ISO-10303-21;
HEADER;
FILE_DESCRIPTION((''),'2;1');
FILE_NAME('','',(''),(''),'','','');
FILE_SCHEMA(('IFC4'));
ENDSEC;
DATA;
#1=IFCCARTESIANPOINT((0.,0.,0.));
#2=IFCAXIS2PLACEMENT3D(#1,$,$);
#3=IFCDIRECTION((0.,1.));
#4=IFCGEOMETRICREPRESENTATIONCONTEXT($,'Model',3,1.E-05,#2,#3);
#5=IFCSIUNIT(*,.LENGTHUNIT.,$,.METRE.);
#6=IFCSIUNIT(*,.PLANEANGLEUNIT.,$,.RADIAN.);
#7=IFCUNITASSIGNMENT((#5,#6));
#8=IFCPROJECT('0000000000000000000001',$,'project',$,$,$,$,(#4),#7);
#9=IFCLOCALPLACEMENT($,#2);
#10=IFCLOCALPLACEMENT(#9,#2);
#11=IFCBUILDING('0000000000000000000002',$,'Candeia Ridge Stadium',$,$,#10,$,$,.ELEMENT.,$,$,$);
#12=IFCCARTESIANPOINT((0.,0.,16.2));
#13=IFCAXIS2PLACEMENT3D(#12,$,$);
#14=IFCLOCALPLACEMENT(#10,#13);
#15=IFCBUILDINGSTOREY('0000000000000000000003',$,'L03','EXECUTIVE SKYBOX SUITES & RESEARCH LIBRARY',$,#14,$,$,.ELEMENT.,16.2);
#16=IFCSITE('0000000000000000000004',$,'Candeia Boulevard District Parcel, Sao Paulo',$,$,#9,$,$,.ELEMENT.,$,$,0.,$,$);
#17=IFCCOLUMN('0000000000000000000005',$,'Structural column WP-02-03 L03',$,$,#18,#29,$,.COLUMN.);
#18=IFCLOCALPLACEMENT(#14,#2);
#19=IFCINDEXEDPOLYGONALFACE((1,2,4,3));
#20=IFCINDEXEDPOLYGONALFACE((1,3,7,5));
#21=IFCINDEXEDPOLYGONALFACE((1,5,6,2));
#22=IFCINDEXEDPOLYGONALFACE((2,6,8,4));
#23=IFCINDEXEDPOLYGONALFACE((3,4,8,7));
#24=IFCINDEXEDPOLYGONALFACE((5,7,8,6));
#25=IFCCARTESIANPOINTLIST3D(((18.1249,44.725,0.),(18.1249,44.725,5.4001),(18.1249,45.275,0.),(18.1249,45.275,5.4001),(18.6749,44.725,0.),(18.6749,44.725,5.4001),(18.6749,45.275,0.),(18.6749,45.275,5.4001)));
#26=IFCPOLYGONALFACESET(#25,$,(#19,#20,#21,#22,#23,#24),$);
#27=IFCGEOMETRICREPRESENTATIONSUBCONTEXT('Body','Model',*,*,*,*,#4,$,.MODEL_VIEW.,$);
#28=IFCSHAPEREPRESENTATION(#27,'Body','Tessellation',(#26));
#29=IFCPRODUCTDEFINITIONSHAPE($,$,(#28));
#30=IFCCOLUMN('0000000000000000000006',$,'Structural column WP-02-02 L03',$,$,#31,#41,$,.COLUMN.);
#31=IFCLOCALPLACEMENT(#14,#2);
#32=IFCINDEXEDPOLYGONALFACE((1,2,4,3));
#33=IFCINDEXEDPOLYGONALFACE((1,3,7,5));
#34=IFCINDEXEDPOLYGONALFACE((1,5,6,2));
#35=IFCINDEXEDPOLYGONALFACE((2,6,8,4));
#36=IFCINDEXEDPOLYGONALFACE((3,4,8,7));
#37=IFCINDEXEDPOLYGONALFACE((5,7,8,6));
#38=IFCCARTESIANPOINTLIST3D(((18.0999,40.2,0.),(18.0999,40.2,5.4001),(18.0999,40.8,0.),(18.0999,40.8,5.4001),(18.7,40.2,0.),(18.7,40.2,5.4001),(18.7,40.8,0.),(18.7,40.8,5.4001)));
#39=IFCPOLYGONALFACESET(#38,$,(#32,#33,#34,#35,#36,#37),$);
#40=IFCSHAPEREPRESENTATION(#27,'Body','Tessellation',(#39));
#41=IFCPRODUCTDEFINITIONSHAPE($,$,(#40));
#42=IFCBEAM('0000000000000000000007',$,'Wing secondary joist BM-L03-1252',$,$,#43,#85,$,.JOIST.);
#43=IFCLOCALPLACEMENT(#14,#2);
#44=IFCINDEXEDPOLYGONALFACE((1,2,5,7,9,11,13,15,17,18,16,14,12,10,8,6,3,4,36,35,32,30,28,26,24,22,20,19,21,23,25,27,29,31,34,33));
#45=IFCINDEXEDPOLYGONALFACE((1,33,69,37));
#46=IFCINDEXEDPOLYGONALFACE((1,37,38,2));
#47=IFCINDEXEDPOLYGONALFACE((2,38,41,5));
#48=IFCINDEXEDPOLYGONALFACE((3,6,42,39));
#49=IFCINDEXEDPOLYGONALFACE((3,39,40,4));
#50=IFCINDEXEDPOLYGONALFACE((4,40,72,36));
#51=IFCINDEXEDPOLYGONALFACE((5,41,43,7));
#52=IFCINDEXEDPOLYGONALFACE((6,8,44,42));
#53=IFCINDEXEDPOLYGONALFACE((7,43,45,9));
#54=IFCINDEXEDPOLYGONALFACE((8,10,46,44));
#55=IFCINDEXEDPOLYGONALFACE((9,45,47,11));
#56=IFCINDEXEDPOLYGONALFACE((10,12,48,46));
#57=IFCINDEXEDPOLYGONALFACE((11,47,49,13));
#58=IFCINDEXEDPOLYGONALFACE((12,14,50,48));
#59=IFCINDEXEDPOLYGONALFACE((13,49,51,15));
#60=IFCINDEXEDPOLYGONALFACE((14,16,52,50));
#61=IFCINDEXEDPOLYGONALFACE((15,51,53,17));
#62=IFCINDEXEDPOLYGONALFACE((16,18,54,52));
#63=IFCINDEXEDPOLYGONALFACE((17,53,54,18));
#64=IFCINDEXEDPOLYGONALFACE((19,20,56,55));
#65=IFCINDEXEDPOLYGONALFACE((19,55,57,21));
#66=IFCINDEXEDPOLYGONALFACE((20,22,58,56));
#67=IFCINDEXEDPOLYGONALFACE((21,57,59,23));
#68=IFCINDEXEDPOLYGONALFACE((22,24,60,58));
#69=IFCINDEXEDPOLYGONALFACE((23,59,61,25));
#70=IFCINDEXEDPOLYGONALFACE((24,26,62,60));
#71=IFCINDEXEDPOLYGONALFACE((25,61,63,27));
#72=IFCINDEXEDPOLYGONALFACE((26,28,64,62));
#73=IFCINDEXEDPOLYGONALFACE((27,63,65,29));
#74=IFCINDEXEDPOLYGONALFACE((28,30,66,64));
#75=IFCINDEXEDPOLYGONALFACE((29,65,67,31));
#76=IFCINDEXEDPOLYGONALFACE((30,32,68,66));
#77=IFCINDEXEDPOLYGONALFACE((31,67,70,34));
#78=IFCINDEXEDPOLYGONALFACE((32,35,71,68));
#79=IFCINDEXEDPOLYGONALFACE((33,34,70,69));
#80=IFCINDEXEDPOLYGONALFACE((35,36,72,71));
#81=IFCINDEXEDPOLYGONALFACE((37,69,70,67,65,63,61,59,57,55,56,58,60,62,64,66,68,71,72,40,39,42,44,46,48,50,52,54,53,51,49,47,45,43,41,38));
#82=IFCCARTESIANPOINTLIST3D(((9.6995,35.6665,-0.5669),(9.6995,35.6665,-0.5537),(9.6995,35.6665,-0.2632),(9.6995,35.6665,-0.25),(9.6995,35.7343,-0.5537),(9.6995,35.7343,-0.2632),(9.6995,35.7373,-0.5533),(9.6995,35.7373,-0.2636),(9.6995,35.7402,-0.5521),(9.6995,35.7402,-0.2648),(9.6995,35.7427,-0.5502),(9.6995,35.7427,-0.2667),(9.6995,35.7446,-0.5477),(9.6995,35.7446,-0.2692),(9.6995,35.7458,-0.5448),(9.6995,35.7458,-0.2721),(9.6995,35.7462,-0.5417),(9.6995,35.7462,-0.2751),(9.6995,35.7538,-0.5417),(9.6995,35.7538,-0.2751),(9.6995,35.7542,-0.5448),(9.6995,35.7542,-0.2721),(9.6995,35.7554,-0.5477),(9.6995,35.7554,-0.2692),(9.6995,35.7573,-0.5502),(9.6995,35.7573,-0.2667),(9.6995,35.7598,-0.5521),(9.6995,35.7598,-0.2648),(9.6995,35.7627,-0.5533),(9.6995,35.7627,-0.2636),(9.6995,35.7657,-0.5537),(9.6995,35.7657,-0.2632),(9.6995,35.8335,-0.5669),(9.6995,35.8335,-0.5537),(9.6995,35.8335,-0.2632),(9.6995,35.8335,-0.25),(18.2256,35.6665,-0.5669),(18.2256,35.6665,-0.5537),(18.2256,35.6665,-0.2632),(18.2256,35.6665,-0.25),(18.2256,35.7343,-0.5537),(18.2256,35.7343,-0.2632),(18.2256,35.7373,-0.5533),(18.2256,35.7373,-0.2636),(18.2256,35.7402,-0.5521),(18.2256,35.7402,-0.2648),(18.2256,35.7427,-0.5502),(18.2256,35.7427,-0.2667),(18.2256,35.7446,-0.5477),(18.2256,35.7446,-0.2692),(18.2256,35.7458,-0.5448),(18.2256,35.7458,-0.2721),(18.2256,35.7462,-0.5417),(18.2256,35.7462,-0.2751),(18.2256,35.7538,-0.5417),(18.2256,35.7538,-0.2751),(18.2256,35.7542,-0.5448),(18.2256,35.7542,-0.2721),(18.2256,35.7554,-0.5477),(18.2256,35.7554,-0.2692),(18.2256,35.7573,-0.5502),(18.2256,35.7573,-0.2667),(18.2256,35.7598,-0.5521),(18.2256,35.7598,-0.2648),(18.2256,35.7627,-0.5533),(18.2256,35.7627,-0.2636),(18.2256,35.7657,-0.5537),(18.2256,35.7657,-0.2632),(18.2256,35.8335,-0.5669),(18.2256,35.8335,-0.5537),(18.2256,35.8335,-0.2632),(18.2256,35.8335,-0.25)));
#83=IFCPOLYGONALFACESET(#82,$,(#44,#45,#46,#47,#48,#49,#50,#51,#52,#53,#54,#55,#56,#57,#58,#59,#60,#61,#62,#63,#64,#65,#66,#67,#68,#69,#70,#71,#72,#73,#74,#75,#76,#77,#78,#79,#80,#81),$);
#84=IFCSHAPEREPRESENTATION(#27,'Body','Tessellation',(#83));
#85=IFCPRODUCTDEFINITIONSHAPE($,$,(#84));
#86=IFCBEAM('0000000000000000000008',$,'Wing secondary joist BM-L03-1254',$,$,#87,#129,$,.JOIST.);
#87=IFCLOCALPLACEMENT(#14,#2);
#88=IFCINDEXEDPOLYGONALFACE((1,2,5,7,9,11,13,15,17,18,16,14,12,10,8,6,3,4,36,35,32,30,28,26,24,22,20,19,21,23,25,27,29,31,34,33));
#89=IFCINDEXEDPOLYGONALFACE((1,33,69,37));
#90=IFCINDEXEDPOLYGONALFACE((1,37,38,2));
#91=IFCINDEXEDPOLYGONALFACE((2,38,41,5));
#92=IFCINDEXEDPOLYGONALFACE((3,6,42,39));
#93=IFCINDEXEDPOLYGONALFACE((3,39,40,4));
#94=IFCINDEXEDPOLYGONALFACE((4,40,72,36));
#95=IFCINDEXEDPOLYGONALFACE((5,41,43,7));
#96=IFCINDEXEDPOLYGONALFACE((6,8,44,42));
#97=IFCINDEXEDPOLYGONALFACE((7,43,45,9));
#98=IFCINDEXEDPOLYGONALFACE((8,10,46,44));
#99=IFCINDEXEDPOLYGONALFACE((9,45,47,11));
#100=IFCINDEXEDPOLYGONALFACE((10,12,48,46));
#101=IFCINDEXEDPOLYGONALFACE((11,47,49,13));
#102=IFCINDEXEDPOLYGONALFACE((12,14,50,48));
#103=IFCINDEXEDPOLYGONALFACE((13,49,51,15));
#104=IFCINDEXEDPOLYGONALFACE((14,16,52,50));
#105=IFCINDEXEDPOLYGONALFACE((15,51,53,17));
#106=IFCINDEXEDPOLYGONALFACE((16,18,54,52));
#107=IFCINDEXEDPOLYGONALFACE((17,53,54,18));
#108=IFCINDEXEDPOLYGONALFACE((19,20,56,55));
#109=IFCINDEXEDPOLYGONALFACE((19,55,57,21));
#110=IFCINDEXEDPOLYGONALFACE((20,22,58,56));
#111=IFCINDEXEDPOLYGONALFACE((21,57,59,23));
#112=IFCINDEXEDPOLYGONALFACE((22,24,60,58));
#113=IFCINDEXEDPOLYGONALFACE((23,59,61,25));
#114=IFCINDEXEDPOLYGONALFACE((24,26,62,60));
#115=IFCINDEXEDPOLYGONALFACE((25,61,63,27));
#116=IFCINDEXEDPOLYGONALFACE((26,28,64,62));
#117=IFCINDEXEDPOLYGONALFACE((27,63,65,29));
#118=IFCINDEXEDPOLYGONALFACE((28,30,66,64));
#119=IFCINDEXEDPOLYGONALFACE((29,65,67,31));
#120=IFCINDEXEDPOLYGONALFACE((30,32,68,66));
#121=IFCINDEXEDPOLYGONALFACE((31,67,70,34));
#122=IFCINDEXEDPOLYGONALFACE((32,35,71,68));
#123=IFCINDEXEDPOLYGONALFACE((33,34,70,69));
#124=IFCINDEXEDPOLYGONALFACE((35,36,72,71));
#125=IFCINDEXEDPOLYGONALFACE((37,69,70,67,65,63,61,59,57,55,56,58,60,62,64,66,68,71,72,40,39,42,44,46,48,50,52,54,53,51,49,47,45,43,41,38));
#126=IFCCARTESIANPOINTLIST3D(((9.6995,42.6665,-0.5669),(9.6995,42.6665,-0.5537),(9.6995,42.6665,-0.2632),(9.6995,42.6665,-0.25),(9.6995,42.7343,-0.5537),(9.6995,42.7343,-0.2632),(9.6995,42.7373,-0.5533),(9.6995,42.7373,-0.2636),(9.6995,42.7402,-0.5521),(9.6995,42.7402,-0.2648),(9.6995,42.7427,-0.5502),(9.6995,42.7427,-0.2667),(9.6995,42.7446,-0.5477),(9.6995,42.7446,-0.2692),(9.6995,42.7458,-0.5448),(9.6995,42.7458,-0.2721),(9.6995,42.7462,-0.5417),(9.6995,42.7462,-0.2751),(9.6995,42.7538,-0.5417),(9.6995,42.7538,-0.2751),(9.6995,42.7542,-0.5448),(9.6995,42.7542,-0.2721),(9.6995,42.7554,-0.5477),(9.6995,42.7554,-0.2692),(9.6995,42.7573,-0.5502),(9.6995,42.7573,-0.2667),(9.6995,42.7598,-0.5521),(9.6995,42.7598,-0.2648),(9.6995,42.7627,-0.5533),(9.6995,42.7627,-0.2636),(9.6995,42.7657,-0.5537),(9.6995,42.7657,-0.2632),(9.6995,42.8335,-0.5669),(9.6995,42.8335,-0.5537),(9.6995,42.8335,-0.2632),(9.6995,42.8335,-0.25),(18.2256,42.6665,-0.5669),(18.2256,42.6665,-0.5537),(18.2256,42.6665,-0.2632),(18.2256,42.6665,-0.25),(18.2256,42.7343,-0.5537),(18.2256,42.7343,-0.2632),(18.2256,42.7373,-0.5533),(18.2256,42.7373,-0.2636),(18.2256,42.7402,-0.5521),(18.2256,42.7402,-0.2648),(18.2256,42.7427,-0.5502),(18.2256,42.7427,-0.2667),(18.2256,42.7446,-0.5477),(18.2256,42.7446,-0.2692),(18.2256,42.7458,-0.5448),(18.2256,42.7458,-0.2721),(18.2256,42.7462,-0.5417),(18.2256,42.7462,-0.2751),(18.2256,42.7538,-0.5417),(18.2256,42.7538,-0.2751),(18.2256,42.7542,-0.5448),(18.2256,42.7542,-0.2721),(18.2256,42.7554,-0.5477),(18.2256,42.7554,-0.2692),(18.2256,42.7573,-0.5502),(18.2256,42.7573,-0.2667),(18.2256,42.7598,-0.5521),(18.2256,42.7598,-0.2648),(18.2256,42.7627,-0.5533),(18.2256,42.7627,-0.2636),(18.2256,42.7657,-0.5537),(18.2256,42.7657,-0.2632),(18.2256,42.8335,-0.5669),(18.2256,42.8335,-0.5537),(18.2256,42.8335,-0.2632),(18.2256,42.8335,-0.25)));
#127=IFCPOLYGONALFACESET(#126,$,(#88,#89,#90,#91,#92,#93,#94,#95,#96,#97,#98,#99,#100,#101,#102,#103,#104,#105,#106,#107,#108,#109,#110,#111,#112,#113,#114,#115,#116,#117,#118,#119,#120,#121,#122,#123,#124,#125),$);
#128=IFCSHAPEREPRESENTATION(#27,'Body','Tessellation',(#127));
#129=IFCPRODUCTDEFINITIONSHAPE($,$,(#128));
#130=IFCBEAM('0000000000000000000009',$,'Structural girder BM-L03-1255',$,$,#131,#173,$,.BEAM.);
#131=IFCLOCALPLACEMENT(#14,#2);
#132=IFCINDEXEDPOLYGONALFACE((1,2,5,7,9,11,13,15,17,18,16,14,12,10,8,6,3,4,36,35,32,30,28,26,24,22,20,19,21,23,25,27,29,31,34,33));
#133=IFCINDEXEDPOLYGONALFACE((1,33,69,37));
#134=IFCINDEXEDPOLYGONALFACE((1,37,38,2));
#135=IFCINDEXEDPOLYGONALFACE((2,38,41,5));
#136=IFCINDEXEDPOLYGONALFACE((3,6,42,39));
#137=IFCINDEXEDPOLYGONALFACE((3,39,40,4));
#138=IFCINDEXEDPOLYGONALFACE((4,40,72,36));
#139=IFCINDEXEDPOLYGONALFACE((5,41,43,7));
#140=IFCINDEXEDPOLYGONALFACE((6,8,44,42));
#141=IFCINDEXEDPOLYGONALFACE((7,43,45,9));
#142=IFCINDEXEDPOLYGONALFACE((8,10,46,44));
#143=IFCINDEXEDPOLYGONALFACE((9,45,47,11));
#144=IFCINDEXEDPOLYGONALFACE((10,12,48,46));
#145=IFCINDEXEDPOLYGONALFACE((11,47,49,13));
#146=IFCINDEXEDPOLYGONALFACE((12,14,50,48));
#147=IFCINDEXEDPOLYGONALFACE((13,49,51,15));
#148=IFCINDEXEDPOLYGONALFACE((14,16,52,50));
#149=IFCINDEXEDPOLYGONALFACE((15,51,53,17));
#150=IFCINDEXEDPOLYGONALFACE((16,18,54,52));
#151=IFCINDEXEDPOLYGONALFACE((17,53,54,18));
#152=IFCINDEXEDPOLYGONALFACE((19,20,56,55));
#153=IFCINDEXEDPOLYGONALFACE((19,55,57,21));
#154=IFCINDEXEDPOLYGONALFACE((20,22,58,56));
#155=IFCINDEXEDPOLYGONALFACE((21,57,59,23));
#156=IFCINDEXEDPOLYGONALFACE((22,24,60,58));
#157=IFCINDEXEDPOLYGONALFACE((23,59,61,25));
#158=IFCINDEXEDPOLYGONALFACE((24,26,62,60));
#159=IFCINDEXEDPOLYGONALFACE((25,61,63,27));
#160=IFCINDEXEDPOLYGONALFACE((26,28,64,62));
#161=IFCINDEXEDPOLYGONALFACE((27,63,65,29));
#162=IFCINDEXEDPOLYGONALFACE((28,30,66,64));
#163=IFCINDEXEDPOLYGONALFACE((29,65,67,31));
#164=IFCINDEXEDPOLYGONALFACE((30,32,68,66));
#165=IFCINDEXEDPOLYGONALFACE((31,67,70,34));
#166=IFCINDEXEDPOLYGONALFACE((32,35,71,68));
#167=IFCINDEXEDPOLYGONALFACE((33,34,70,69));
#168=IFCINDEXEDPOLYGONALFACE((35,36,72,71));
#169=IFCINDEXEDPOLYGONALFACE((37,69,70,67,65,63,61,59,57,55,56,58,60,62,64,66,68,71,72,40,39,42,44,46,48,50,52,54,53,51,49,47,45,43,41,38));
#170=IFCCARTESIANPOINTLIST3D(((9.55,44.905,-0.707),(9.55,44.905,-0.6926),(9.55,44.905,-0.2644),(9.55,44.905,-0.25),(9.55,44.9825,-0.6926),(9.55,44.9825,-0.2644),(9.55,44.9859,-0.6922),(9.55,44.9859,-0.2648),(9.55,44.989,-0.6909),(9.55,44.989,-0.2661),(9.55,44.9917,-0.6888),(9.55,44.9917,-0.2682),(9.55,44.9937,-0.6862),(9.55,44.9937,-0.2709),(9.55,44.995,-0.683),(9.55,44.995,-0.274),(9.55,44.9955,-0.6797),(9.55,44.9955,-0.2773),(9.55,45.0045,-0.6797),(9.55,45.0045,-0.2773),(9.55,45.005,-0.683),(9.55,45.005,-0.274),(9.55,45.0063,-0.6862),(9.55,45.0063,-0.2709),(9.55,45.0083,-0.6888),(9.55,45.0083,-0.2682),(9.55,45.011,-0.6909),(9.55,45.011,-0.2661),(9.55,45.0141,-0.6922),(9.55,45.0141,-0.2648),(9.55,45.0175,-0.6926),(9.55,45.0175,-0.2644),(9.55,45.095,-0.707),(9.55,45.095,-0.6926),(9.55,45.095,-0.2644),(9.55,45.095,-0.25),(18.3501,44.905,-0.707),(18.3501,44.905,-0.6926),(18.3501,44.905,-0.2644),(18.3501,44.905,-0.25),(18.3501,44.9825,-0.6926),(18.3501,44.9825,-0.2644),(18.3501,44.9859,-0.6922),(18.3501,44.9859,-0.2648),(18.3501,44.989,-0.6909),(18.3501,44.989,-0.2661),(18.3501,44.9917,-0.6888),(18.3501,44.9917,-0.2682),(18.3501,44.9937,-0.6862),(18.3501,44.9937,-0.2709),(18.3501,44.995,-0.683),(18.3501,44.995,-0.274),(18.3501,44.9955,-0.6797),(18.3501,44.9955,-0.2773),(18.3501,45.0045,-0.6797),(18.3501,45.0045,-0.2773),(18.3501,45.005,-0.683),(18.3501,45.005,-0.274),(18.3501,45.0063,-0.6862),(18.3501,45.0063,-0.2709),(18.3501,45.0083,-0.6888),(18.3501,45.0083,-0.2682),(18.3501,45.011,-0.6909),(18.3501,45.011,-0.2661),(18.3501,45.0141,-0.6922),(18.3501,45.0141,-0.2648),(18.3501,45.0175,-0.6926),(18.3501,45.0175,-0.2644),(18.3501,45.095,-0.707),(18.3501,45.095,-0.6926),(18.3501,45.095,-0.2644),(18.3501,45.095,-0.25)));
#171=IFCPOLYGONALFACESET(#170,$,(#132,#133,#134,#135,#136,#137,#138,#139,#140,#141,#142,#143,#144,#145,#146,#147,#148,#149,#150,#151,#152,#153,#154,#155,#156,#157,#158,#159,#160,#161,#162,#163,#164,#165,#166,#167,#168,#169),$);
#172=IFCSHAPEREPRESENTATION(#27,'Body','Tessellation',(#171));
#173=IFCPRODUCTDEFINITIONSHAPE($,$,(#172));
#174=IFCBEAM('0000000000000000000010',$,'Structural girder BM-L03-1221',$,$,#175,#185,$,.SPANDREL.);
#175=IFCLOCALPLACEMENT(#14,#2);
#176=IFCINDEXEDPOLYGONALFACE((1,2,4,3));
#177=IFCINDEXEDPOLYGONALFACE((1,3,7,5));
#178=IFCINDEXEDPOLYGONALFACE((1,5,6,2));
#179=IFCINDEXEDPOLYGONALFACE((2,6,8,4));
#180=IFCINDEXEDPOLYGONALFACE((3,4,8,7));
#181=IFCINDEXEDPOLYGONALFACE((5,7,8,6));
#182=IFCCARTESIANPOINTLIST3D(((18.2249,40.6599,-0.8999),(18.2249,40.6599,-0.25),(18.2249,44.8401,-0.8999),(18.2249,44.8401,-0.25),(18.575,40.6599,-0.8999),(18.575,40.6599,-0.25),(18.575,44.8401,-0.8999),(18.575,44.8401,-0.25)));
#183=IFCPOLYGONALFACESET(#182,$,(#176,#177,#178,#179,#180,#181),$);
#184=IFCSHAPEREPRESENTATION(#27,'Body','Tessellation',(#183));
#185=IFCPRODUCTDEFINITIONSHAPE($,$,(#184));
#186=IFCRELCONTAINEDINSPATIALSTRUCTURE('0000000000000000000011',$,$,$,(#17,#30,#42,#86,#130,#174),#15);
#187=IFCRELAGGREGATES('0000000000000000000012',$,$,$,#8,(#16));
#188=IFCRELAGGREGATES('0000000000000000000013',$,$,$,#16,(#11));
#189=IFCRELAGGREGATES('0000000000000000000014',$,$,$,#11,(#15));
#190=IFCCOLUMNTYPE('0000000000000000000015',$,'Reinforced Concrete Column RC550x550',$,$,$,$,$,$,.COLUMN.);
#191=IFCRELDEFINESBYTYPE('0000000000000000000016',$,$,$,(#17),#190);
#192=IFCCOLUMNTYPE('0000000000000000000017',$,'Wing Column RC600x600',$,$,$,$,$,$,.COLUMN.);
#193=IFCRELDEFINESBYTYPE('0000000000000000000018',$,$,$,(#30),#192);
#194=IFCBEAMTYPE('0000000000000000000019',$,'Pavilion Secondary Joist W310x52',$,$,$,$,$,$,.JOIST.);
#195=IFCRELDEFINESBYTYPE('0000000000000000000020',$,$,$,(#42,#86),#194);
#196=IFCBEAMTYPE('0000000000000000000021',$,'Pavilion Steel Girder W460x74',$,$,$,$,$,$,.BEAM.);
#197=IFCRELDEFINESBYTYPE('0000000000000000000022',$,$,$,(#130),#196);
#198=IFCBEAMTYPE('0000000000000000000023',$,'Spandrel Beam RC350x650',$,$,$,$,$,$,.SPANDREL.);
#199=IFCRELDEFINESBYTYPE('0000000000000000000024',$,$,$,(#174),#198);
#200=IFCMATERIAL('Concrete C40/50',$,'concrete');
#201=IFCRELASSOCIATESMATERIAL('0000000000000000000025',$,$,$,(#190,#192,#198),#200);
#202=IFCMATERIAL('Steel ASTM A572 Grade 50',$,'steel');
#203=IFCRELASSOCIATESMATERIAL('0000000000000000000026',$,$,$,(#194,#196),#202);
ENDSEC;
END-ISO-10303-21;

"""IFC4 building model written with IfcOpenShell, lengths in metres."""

from ifc_helpers import new_model, si_unit, direction, frame, origin, origin_2d, place, context, subcontext, project, spatial, rectangle, i_section, extrude, material, material_profile, profile_set, type_object, element, save


model = new_model("IFC4")

# Units and contexts
model_context = context("Model", 3, precision=1e-05, world=origin(), true_north=direction((0.0, 1.0)))
body_context = subcontext(model_context, "Body", "Model", "MODEL_VIEW")
ifc_project = project(units=[si_unit("LENGTHUNIT", "METRE"), si_unit("PLANEANGLEUNIT", "RADIAN")], contexts=[model_context])

# Site, building, storey
site_placement = place(None, origin())
site = spatial("IfcSite", under=ifc_project, at=site_placement, Name="Candeia Boulevard District Parcel, Sao Paulo", CompositionType="ELEMENT", RefElevation=0.0)
building_placement = place(site_placement, origin())
building = spatial("IfcBuilding", under=site, at=building_placement, Name="Candeia Ridge Stadium", CompositionType="ELEMENT")
storey_placement = place(building_placement, frame((0.0, 0.0, 16.2)))
storey = spatial("IfcBuildingStorey", under=building, at=storey_placement, Name="L03", Description="EXECUTIVE SKYBOX SUITES & RESEARCH LIBRARY", CompositionType="ELEMENT", Elevation=16.2)

# Columns
ifc_material_1 = material(Name="Concrete C40/50", Category="concrete")
ifc_material_profile_1 = material_profile(ifc_material_1, rectangle(XDim=0.55, YDim=0.55, at=origin_2d()), Name="RC550x550", Category="concrete")
ifc_profile_set_1 = profile_set([ifc_material_profile_1], Name="Concrete C40/50")
column_type_1 = type_object("IfcColumnType", Name="Reinforced Concrete Column RC550x550", PredefinedType="COLUMN", material=ifc_profile_set_1)
column_1_placement = place(storey_placement, frame((18.3999, 45.0, 0.0), z_axis=(0.0, 0.0, 1.0), x_axis=(1.0, 0.0, 0.0)))
element("IfcColumn", 1, at=column_1_placement, inside=storey, type_object=column_type_1, Name="Structural column WP-02-03 L03", PredefinedType="COLUMN", context=body_context, shape_type="SweptSolid", body=[
    extrude(rectangle(XDim=0.55, YDim=0.55, at=origin_2d()), origin(), (0.0, 0.0, 1.0), 5.4001),
])
ifc_material_profile_2 = material_profile(ifc_material_1, rectangle(XDim=0.6001, YDim=0.6001, at=origin_2d()), Name="RC600x600", Category="concrete")
ifc_profile_set_2 = profile_set([ifc_material_profile_2], Name="Concrete C40/50")
column_type_2 = type_object("IfcColumnType", Name="Wing Column RC600x600", PredefinedType="COLUMN", material=ifc_profile_set_2)
column_2_placement = place(storey_placement, frame((18.3999, 40.5, 0.0), z_axis=(0.0, 0.0, 1.0), x_axis=(1.0, 0.0, 0.0)))
element("IfcColumn", 2, at=column_2_placement, inside=storey, type_object=column_type_2, Name="Structural column WP-02-02 L03", PredefinedType="COLUMN", context=body_context, shape_type="SweptSolid", body=[
    extrude(rectangle(XDim=0.6001, YDim=0.6001, at=origin_2d()), origin(), (0.0, 0.0, 1.0), 5.4001),
])

# Beams
ifc_material_2 = material(Name="Steel ASTM A572 Grade 50", Category="steel")
ifc_material_profile_3 = material_profile(ifc_material_2, i_section(OverallWidth=0.167, OverallDepth=0.3169, WebThickness=0.0076, FlangeThickness=0.0132, FilletRadius=0.012, at=origin_2d()), Name="W310x52", Category="steel")
ifc_profile_set_3 = profile_set([ifc_material_profile_3], Name="Steel ASTM A572 Grade 50")
beam_type_1 = type_object("IfcBeamType", Name="Pavilion Secondary Joist W310x52", PredefinedType="JOIST", material=ifc_profile_set_3)
for number, where, z_axis, x_axis, name in (
    (3, (9.6995, 35.75, -0.4084), (1.0, 0.0, 0.0), (0.0, 1.0, 0.0), "Wing secondary joist BM-L03-1252"),
    (4, (9.6995, 42.75, -0.4084), (1.0, 0.0, 0.0), (0.0, 1.0, 0.0), "Wing secondary joist BM-L03-1254"),
):
    element("IfcBeam", number, at=place(storey_placement, frame(where, z_axis=z_axis, x_axis=x_axis)), inside=storey, type_object=beam_type_1, Name=name, PredefinedType="JOIST", context=body_context, shape_type="SweptSolid", body=[
        extrude(i_section(OverallWidth=0.167, OverallDepth=0.3169, WebThickness=0.0076, FlangeThickness=0.0132, FilletRadius=0.012, at=origin_2d()), origin(), (0.0, 0.0, 1.0), 8.5261),
    ])
ifc_material_profile_4 = material_profile(ifc_material_2, i_section(OverallWidth=0.1899, OverallDepth=0.457, WebThickness=0.009, FlangeThickness=0.0144, FilletRadius=0.0129, at=origin_2d()), Name="W460x74", Category="steel")
ifc_profile_set_4 = profile_set([ifc_material_profile_4], Name="Steel ASTM A572 Grade 50")
beam_type_2 = type_object("IfcBeamType", Name="Pavilion Steel Girder W460x74", PredefinedType="BEAM", material=ifc_profile_set_4)
beam_1_placement = place(storey_placement, frame((9.55, 45.0, -0.4785), z_axis=(1.0, 0.0, 0.0), x_axis=(0.0, 1.0, 0.0)))
element("IfcBeam", 5, at=beam_1_placement, inside=storey, type_object=beam_type_2, Name="Structural girder BM-L03-1255", PredefinedType="BEAM", context=body_context, shape_type="SweptSolid", body=[
    extrude(i_section(OverallWidth=0.1899, OverallDepth=0.457, WebThickness=0.009, FlangeThickness=0.0144, FilletRadius=0.0129, at=origin_2d()), origin(), (0.0, 0.0, 1.0), 8.8),
])
ifc_material_profile_5 = material_profile(ifc_material_1, rectangle(XDim=0.3501, YDim=0.6499, at=origin_2d()), Name="RC350x650", Category="concrete")
ifc_profile_set_5 = profile_set([ifc_material_profile_5], Name="Concrete C40/50")
beam_type_3 = type_object("IfcBeamType", Name="Spandrel Beam RC350x650", PredefinedType="SPANDREL", material=ifc_profile_set_5)
beam_2_placement = place(storey_placement, frame((18.3999, 40.6599, -0.575), z_axis=(0.0, 1.0, 0.0), x_axis=(-1.0, 0.0, 0.0)))
element("IfcBeam", 6, at=beam_2_placement, inside=storey, type_object=beam_type_3, Name="Structural girder BM-L03-1221", PredefinedType="SPANDREL", context=body_context, shape_type="SweptSolid", body=[
    extrude(rectangle(XDim=0.3501, YDim=0.6499, at=origin_2d()), origin(), (0.0, 0.0, 1.0), 4.1802),
])

save(model, "model.ifc")
